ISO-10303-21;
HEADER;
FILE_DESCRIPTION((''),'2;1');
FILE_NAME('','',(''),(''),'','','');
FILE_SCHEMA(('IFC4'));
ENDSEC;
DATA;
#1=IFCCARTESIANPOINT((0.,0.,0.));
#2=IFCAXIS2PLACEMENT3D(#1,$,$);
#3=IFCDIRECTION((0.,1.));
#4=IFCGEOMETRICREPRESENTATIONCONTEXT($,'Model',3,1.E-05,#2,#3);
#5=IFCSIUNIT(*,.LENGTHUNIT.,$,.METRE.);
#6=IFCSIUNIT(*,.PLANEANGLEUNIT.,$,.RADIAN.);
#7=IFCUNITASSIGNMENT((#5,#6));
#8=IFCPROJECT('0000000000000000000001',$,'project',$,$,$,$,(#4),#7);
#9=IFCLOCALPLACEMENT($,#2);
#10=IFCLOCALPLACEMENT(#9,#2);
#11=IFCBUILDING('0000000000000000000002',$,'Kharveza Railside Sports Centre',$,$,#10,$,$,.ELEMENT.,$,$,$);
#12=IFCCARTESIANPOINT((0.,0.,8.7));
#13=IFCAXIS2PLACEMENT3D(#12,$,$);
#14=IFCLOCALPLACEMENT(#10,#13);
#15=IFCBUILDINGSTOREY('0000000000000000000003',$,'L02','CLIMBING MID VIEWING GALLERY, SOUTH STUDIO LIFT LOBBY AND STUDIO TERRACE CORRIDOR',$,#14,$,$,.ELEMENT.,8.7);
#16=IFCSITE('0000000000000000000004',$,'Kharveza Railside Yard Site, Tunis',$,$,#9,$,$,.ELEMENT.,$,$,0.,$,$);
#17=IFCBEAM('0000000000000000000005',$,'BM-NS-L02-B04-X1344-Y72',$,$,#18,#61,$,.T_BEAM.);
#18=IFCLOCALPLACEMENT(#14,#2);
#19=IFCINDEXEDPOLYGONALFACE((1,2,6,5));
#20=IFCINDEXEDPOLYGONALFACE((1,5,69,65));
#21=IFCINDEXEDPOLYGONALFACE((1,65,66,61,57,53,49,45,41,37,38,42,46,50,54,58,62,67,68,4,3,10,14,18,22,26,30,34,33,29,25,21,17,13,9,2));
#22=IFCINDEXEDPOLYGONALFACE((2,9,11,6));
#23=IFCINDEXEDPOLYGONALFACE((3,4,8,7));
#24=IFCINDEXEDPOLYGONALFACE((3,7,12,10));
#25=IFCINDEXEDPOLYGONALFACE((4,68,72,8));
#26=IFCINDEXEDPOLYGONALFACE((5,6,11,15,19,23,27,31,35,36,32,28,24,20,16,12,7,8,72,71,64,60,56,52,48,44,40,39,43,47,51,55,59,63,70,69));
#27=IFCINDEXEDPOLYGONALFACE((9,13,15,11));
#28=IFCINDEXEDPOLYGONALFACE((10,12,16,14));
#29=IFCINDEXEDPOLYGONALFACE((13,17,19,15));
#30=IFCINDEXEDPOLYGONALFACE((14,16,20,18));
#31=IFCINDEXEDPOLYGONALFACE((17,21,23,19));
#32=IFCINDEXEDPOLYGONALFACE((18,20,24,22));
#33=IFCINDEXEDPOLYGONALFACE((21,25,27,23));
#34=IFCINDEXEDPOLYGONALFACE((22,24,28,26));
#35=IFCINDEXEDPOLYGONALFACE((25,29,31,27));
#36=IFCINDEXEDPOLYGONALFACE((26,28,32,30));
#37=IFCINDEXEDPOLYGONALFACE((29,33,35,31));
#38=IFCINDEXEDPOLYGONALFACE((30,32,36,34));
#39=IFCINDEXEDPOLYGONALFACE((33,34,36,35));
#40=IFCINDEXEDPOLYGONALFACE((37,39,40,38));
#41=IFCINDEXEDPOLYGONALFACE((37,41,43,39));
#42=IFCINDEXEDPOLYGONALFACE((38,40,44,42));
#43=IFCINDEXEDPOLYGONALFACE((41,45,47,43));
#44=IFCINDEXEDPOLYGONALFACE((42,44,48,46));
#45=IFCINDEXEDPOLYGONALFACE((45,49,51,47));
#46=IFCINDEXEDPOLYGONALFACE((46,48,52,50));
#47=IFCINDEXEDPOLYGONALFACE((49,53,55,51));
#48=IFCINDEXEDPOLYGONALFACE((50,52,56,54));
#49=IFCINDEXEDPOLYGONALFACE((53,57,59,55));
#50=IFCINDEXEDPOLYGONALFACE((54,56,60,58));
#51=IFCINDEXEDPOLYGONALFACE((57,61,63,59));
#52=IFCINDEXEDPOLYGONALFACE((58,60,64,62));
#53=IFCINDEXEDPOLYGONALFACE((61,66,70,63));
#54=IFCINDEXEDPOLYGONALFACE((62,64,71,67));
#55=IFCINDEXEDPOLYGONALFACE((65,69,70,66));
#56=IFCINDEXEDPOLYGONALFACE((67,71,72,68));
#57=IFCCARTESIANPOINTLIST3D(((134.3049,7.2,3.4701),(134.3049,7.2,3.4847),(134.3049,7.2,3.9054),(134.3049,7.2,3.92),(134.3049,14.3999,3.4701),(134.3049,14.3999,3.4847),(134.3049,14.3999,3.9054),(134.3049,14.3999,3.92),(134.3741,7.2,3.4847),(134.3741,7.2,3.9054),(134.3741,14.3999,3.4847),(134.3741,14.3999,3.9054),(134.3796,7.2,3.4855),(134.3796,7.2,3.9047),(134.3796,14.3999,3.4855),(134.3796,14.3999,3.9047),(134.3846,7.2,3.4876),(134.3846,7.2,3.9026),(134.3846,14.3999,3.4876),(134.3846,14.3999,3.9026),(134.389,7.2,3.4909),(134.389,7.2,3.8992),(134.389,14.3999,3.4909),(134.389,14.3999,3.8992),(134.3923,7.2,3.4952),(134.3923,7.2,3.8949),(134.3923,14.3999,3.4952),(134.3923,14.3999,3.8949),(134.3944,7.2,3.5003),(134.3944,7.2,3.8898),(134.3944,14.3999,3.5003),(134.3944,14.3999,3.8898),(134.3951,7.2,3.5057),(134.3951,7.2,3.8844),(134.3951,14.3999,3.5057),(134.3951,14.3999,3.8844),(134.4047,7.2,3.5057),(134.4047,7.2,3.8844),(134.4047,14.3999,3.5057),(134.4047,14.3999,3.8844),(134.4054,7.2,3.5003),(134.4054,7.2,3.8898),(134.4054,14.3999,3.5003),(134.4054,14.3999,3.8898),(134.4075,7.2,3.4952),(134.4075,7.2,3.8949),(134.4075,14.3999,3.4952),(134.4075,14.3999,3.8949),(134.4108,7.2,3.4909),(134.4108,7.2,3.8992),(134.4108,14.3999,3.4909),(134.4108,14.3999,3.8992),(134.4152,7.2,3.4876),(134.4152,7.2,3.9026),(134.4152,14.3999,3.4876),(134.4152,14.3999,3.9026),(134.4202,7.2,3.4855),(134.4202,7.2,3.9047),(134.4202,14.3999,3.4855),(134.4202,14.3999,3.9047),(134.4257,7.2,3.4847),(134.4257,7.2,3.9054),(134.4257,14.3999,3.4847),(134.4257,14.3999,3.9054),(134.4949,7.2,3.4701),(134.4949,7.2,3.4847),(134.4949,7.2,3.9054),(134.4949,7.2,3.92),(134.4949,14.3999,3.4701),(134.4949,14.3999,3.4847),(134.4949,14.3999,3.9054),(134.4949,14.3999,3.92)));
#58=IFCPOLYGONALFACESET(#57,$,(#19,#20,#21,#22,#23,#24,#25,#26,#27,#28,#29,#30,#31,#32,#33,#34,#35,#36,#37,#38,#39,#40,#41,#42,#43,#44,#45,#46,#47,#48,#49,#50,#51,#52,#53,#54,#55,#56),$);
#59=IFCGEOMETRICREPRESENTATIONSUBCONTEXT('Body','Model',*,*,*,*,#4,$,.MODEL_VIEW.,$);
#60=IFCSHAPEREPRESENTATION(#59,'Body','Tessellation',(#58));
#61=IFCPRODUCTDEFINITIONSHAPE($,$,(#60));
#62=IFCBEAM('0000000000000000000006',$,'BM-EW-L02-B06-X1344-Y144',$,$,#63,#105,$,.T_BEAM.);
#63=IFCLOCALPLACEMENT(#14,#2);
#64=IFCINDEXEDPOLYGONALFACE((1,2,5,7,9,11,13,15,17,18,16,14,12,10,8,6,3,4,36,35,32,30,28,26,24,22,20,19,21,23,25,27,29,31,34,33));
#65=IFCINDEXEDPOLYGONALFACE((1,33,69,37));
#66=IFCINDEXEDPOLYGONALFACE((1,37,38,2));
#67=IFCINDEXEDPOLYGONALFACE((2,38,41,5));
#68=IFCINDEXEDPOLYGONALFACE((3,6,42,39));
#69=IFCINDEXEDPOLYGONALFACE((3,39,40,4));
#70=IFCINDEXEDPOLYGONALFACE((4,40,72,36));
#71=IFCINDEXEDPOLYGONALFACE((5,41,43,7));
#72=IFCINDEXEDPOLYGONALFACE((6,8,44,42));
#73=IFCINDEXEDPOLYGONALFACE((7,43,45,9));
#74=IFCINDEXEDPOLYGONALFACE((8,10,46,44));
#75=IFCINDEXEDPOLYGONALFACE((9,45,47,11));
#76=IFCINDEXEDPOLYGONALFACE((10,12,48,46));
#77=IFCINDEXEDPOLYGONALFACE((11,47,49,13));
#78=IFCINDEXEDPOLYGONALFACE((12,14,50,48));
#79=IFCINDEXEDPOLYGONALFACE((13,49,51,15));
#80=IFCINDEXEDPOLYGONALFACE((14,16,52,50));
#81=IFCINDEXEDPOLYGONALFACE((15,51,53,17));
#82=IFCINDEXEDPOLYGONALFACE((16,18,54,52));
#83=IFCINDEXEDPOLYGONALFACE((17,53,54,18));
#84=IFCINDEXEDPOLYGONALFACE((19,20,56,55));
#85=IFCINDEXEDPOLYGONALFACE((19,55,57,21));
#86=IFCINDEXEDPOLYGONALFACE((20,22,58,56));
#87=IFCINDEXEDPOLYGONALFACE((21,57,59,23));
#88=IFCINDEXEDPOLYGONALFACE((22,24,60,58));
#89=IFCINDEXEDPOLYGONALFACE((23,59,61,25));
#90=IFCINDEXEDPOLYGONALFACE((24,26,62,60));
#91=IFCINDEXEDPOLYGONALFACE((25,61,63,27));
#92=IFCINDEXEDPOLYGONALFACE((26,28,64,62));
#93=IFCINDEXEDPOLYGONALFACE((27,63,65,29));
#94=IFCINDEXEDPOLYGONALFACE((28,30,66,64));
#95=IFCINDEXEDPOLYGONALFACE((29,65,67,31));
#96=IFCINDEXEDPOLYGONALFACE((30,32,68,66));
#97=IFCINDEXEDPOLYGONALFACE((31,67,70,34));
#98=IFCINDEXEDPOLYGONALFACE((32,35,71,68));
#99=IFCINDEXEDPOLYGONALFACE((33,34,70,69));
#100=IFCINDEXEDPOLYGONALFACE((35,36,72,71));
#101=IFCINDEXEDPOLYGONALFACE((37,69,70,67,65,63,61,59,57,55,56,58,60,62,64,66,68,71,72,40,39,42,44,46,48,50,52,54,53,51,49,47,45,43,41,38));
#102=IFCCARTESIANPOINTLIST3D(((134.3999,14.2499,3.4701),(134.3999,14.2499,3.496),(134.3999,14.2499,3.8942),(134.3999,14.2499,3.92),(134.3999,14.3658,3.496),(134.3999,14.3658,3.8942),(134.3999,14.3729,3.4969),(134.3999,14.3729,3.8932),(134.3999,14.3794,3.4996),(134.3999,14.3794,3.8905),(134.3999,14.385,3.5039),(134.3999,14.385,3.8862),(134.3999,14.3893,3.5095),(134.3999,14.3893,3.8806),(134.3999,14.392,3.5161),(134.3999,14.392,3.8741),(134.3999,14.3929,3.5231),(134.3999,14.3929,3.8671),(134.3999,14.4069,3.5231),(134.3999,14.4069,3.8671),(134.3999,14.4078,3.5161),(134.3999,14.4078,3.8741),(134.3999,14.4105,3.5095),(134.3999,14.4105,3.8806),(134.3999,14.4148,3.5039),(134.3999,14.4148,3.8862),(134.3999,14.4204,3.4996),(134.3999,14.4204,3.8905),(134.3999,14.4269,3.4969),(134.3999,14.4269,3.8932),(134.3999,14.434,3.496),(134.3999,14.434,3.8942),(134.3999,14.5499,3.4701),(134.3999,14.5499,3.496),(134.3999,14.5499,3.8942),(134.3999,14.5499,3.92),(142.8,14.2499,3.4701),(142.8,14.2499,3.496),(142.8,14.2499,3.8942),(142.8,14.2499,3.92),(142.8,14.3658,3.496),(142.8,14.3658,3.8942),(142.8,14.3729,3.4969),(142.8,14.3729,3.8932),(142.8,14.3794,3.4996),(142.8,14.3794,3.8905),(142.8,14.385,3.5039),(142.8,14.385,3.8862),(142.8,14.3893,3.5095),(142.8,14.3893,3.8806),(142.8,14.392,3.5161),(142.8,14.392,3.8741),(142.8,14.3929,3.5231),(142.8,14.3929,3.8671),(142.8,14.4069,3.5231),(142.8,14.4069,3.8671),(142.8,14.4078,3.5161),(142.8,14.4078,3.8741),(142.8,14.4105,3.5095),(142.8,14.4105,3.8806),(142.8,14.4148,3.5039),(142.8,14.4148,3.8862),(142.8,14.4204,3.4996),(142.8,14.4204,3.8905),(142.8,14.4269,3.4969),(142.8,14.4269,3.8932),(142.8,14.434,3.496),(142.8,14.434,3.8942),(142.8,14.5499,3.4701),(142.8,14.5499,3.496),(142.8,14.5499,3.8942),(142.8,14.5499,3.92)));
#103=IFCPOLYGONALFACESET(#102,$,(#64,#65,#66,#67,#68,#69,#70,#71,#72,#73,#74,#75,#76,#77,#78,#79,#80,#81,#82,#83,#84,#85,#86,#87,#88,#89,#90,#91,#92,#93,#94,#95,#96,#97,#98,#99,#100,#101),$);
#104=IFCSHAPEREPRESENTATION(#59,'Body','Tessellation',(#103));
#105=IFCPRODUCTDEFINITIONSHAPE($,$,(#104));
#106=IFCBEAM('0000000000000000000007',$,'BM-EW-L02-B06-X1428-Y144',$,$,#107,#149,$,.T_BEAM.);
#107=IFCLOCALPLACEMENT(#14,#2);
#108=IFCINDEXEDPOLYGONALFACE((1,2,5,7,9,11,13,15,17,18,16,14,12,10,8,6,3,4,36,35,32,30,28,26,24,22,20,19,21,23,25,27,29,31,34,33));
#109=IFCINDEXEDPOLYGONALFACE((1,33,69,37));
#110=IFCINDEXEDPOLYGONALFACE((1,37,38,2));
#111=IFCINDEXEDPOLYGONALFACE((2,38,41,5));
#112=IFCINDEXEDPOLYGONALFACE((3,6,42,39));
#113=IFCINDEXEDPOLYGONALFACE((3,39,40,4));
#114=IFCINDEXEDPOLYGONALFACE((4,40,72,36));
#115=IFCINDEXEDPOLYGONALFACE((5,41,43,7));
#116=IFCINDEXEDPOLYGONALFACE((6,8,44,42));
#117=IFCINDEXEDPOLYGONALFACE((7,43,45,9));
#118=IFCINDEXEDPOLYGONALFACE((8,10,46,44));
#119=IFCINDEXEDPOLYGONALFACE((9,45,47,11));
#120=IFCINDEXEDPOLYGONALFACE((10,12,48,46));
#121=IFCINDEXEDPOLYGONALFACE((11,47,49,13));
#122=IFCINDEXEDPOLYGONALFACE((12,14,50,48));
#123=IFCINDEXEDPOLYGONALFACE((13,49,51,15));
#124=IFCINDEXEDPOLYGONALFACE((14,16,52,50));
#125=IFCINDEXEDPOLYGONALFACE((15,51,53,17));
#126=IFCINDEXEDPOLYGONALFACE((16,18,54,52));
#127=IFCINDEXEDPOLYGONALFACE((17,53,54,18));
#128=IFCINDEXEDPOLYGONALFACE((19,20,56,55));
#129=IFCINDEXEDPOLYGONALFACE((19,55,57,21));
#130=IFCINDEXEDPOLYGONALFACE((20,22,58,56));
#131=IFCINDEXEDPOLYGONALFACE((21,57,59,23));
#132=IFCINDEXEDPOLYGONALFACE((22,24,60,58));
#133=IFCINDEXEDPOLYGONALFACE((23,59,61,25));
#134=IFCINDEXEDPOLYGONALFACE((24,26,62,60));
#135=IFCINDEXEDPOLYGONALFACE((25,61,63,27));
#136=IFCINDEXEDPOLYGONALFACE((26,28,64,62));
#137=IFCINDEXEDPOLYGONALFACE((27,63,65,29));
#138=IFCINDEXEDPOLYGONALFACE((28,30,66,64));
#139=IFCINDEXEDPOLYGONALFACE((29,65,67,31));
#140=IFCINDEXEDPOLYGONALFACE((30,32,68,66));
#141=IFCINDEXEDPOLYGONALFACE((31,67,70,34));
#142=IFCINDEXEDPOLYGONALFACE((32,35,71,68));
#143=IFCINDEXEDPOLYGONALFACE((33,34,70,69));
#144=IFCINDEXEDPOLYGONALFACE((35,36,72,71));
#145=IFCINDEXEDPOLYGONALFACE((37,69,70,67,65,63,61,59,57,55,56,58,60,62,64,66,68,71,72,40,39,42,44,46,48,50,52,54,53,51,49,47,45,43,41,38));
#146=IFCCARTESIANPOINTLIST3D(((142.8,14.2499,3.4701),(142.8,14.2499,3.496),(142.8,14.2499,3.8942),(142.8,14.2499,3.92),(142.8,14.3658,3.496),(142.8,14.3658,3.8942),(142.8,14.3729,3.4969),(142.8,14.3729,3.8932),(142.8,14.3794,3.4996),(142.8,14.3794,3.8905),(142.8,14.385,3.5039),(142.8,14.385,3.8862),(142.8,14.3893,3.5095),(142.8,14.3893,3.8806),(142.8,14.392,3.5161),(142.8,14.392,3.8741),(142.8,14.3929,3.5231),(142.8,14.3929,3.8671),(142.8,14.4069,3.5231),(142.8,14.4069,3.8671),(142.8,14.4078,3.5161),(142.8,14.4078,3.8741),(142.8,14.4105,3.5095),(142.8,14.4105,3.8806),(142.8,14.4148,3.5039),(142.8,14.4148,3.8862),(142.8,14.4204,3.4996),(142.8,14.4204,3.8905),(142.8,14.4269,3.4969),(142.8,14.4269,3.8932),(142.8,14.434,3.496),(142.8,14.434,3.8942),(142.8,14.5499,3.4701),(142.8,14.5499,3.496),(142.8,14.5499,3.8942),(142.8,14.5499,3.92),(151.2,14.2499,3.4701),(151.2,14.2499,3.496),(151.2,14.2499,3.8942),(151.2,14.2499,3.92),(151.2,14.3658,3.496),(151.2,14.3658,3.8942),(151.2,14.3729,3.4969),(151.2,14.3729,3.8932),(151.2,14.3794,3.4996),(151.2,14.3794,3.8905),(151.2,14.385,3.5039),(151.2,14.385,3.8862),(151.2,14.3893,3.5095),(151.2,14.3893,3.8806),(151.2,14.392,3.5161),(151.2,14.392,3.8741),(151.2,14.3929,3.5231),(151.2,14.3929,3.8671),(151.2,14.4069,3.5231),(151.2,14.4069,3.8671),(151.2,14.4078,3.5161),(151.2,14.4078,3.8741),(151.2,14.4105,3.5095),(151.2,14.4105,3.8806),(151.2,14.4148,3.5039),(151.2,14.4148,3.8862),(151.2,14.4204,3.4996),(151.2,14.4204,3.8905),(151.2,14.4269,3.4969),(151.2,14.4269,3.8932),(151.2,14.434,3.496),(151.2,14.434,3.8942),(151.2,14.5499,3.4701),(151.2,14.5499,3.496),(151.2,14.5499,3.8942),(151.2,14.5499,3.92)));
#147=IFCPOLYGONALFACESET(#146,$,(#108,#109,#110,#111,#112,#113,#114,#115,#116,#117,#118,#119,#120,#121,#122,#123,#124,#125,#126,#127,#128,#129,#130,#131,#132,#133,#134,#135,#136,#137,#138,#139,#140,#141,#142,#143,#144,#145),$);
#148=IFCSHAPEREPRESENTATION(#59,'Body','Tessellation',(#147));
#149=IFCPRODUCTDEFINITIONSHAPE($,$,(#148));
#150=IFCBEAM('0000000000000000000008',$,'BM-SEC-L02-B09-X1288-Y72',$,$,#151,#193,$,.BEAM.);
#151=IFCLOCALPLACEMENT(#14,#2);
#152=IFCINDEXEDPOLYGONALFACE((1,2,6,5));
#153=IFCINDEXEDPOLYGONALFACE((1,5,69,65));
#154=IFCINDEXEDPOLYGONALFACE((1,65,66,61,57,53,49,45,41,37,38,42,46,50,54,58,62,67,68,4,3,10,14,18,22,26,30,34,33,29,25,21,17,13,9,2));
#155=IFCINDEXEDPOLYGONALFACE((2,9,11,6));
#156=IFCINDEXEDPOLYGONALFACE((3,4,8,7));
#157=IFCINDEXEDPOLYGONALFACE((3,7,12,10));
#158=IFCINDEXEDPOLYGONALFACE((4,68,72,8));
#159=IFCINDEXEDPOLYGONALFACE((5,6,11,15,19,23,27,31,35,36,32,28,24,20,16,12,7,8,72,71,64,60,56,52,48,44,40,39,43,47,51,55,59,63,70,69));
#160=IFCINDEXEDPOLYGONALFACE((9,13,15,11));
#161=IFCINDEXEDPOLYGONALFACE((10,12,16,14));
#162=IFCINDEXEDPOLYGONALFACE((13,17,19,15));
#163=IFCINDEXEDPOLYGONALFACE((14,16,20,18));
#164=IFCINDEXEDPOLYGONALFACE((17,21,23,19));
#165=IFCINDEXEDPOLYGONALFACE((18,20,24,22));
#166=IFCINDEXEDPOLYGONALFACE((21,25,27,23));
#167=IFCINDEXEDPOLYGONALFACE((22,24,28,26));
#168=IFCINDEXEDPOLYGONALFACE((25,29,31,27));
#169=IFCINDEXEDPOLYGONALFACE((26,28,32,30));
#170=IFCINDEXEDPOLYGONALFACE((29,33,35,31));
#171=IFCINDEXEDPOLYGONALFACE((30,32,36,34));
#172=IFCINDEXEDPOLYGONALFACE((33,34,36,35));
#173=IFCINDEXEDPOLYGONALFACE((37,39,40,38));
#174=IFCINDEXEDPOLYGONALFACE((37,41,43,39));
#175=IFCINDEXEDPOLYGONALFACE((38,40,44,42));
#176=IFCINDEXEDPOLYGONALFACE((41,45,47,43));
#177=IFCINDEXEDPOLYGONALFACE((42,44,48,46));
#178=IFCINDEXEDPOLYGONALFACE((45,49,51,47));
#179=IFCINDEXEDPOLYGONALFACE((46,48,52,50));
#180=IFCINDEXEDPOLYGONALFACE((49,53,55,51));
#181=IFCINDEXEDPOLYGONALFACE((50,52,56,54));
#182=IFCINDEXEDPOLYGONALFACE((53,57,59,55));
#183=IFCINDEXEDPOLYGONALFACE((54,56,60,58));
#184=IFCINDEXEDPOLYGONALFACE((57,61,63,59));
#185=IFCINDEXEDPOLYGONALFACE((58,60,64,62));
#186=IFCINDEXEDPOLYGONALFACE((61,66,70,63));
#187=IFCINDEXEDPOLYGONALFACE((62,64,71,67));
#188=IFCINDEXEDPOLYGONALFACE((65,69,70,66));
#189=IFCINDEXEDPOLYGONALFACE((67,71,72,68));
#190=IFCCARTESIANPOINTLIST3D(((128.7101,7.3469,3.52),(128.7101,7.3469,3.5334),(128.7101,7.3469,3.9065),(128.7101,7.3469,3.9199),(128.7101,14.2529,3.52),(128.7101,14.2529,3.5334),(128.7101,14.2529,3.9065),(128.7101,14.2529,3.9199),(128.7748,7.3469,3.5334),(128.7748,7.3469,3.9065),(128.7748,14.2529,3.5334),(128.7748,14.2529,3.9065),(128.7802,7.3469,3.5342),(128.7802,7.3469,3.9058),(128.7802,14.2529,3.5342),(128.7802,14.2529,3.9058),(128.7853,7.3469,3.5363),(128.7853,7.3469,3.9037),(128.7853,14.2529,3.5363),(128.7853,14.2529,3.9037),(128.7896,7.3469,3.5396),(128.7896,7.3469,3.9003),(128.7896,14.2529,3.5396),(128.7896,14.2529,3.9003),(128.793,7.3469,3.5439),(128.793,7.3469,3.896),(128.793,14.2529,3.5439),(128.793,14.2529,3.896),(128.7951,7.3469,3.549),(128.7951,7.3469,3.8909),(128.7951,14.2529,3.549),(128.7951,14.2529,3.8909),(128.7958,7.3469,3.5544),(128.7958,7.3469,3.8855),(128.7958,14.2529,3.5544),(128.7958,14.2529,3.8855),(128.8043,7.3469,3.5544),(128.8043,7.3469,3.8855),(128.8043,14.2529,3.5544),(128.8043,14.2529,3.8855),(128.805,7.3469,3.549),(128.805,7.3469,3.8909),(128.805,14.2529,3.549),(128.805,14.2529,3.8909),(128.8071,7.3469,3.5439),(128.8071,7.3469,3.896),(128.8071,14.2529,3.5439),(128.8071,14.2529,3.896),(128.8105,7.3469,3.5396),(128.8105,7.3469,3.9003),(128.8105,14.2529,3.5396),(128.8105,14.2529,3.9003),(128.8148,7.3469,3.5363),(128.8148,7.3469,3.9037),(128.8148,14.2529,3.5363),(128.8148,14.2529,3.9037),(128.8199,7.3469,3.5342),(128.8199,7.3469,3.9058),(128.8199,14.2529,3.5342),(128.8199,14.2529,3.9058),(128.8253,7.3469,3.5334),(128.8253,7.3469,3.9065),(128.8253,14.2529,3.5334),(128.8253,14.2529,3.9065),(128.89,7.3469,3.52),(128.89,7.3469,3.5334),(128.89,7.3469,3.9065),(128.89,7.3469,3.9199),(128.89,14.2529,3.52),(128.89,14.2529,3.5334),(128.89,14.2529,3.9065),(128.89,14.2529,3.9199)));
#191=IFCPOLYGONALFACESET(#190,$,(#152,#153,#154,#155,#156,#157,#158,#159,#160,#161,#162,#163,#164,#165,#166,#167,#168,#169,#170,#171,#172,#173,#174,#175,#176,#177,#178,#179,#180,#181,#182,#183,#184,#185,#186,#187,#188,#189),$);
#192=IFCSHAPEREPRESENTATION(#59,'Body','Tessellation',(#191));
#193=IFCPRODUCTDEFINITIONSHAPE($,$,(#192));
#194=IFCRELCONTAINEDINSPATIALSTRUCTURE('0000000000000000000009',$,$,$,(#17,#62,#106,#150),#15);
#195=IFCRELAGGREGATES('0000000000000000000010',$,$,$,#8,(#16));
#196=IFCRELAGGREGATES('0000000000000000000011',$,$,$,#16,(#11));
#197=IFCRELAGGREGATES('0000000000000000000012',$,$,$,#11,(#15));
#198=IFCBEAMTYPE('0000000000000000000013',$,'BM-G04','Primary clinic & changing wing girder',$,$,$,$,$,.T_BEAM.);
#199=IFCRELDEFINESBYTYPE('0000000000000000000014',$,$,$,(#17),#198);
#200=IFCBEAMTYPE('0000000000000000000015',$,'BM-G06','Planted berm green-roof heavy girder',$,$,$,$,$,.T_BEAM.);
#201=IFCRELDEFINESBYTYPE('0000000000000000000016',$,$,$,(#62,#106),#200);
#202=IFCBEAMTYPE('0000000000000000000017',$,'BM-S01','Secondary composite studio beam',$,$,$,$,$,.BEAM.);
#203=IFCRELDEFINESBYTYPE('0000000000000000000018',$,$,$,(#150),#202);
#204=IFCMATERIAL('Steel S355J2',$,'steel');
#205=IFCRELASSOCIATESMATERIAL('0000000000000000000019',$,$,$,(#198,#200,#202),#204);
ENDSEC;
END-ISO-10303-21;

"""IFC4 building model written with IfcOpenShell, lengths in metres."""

from ifc_helpers import new_model, si_unit, direction, frame, origin, origin_2d, place, context, subcontext, project, spatial, i_section, extrude, material, material_profile, profile_set, type_object, element, save


model = new_model("IFC4")

# Units and contexts
model_context = context("Model", 3, precision=1e-05, world=origin(), true_north=direction((0.0, 1.0)))
body_context = subcontext(model_context, "Body", "Model", "MODEL_VIEW")
ifc_project = project(units=[si_unit("LENGTHUNIT", "METRE"), si_unit("PLANEANGLEUNIT", "RADIAN")], contexts=[model_context])

# Site, building, storey
site_placement = place(None, origin())
site = spatial("IfcSite", under=ifc_project, at=site_placement, Name="Kharveza Railside Yard Site, Tunis", CompositionType="ELEMENT", RefElevation=0.0)
building_placement = place(site_placement, origin())
building = spatial("IfcBuilding", under=site, at=building_placement, Name="Kharveza Railside Sports Centre", CompositionType="ELEMENT")
storey_placement = place(building_placement, frame((0.0, 0.0, 8.7)))
storey = spatial("IfcBuildingStorey", under=building, at=storey_placement, Name="L02", Description="CLIMBING MID VIEWING GALLERY, SOUTH STUDIO LIFT LOBBY AND STUDIO TERRACE CORRIDOR", CompositionType="ELEMENT", Elevation=8.7)

# Shared definitions
ifc_material_1 = material(Name="Steel S355J2", Category="steel")

# Beams
ifc_material_profile_1 = material_profile(ifc_material_1, i_section(OverallWidth=0.1899, OverallDepth=0.45, WebThickness=0.0095, FlangeThickness=0.0146, FilletRadius=0.021, at=origin_2d()), Name="IPE 450")
ifc_profile_set_1 = profile_set([ifc_material_profile_1], Name="Steel S355J2")
beam_type_1 = type_object("IfcBeamType", Name="BM-G04", Description="Primary clinic & changing wing girder", PredefinedType="T_BEAM", material=ifc_profile_set_1)
beam_1_placement = place(storey_placement, frame((134.3999, 7.2, 3.6951), z_axis=(0.0, 1.0, 0.0), x_axis=(-1.0, 0.0, 0.0)))
element("IfcBeam", 1, at=beam_1_placement, inside=storey, type_object=beam_type_1, Name="BM-NS-L02-B04-X1344-Y72", PredefinedType="T_BEAM", context=body_context, shape_type="SweptSolid", body=[
    extrude(i_section(OverallWidth=0.1899, OverallDepth=0.45, WebThickness=0.0095, FlangeThickness=0.0146, FilletRadius=0.021, at=origin_2d()), origin(), (0.0, 0.0, 1.0), 7.2),
])
ifc_material_profile_2 = material_profile(ifc_material_1, i_section(OverallWidth=0.3, OverallDepth=0.45, WebThickness=0.0139, FlangeThickness=0.0259, FilletRadius=0.0271, at=origin_2d()), Name="HEB 450")
ifc_profile_set_2 = profile_set([ifc_material_profile_2], Name="Steel S355J2")
beam_type_2 = type_object("IfcBeamType", Name="BM-G06", Description="Planted berm green-roof heavy girder", PredefinedType="T_BEAM", material=ifc_profile_set_2)
beam_2_placement = place(storey_placement, frame((134.3999, 14.3999, 3.6951), z_axis=(1.0, 0.0, 0.0), x_axis=(0.0, 1.0, 0.0)))
element("IfcBeam", 2, at=beam_2_placement, inside=storey, type_object=beam_type_2, Name="BM-EW-L02-B06-X1344-Y144", PredefinedType="T_BEAM", context=body_context, shape_type="SweptSolid", body=[
    extrude(i_section(OverallWidth=0.3, OverallDepth=0.45, WebThickness=0.0139, FlangeThickness=0.0259, FilletRadius=0.0271, at=origin_2d()), origin(), (0.0, 0.0, 1.0), 8.4001),
])
beam_3_placement = place(storey_placement, frame((142.8, 14.3999, 3.6951), z_axis=(1.0, 0.0, 0.0), x_axis=(0.0, 1.0, 0.0)))
element("IfcBeam", 3, at=beam_3_placement, inside=storey, type_object=beam_type_2, Name="BM-EW-L02-B06-X1428-Y144", PredefinedType="T_BEAM", context=body_context, shape_type="SweptSolid", body=[
    extrude(i_section(OverallWidth=0.3, OverallDepth=0.45, WebThickness=0.0139, FlangeThickness=0.0259, FilletRadius=0.0271, at=origin_2d()), origin(), (0.0, 0.0, 1.0), 8.3999),
])
ifc_material_profile_3 = material_profile(ifc_material_1, i_section(OverallWidth=0.1799, OverallDepth=0.3999, WebThickness=0.0085, FlangeThickness=0.0134, FilletRadius=0.021, at=origin_2d()), Name="IPE 400")
ifc_profile_set_3 = profile_set([ifc_material_profile_3], Name="Steel S355J2")
beam_type_3 = type_object("IfcBeamType", Name="BM-S01", Description="Secondary composite studio beam", PredefinedType="BEAM", material=ifc_profile_set_3)
beam_4_placement = place(storey_placement, frame((128.8, 7.3469, 3.72), z_axis=(0.0, 1.0, 0.0), x_axis=(-1.0, 0.0, 0.0)))
element("IfcBeam", 4, at=beam_4_placement, inside=storey, type_object=beam_type_3, Name="BM-SEC-L02-B09-X1288-Y72", PredefinedType="BEAM", context=body_context, shape_type="SweptSolid", body=[
    extrude(i_section(OverallWidth=0.1799, OverallDepth=0.3999, WebThickness=0.0085, FlangeThickness=0.0134, FilletRadius=0.021, at=origin_2d()), origin(), (0.0, 0.0, 1.0), 6.906),
])

save(model, "model.ifc")
